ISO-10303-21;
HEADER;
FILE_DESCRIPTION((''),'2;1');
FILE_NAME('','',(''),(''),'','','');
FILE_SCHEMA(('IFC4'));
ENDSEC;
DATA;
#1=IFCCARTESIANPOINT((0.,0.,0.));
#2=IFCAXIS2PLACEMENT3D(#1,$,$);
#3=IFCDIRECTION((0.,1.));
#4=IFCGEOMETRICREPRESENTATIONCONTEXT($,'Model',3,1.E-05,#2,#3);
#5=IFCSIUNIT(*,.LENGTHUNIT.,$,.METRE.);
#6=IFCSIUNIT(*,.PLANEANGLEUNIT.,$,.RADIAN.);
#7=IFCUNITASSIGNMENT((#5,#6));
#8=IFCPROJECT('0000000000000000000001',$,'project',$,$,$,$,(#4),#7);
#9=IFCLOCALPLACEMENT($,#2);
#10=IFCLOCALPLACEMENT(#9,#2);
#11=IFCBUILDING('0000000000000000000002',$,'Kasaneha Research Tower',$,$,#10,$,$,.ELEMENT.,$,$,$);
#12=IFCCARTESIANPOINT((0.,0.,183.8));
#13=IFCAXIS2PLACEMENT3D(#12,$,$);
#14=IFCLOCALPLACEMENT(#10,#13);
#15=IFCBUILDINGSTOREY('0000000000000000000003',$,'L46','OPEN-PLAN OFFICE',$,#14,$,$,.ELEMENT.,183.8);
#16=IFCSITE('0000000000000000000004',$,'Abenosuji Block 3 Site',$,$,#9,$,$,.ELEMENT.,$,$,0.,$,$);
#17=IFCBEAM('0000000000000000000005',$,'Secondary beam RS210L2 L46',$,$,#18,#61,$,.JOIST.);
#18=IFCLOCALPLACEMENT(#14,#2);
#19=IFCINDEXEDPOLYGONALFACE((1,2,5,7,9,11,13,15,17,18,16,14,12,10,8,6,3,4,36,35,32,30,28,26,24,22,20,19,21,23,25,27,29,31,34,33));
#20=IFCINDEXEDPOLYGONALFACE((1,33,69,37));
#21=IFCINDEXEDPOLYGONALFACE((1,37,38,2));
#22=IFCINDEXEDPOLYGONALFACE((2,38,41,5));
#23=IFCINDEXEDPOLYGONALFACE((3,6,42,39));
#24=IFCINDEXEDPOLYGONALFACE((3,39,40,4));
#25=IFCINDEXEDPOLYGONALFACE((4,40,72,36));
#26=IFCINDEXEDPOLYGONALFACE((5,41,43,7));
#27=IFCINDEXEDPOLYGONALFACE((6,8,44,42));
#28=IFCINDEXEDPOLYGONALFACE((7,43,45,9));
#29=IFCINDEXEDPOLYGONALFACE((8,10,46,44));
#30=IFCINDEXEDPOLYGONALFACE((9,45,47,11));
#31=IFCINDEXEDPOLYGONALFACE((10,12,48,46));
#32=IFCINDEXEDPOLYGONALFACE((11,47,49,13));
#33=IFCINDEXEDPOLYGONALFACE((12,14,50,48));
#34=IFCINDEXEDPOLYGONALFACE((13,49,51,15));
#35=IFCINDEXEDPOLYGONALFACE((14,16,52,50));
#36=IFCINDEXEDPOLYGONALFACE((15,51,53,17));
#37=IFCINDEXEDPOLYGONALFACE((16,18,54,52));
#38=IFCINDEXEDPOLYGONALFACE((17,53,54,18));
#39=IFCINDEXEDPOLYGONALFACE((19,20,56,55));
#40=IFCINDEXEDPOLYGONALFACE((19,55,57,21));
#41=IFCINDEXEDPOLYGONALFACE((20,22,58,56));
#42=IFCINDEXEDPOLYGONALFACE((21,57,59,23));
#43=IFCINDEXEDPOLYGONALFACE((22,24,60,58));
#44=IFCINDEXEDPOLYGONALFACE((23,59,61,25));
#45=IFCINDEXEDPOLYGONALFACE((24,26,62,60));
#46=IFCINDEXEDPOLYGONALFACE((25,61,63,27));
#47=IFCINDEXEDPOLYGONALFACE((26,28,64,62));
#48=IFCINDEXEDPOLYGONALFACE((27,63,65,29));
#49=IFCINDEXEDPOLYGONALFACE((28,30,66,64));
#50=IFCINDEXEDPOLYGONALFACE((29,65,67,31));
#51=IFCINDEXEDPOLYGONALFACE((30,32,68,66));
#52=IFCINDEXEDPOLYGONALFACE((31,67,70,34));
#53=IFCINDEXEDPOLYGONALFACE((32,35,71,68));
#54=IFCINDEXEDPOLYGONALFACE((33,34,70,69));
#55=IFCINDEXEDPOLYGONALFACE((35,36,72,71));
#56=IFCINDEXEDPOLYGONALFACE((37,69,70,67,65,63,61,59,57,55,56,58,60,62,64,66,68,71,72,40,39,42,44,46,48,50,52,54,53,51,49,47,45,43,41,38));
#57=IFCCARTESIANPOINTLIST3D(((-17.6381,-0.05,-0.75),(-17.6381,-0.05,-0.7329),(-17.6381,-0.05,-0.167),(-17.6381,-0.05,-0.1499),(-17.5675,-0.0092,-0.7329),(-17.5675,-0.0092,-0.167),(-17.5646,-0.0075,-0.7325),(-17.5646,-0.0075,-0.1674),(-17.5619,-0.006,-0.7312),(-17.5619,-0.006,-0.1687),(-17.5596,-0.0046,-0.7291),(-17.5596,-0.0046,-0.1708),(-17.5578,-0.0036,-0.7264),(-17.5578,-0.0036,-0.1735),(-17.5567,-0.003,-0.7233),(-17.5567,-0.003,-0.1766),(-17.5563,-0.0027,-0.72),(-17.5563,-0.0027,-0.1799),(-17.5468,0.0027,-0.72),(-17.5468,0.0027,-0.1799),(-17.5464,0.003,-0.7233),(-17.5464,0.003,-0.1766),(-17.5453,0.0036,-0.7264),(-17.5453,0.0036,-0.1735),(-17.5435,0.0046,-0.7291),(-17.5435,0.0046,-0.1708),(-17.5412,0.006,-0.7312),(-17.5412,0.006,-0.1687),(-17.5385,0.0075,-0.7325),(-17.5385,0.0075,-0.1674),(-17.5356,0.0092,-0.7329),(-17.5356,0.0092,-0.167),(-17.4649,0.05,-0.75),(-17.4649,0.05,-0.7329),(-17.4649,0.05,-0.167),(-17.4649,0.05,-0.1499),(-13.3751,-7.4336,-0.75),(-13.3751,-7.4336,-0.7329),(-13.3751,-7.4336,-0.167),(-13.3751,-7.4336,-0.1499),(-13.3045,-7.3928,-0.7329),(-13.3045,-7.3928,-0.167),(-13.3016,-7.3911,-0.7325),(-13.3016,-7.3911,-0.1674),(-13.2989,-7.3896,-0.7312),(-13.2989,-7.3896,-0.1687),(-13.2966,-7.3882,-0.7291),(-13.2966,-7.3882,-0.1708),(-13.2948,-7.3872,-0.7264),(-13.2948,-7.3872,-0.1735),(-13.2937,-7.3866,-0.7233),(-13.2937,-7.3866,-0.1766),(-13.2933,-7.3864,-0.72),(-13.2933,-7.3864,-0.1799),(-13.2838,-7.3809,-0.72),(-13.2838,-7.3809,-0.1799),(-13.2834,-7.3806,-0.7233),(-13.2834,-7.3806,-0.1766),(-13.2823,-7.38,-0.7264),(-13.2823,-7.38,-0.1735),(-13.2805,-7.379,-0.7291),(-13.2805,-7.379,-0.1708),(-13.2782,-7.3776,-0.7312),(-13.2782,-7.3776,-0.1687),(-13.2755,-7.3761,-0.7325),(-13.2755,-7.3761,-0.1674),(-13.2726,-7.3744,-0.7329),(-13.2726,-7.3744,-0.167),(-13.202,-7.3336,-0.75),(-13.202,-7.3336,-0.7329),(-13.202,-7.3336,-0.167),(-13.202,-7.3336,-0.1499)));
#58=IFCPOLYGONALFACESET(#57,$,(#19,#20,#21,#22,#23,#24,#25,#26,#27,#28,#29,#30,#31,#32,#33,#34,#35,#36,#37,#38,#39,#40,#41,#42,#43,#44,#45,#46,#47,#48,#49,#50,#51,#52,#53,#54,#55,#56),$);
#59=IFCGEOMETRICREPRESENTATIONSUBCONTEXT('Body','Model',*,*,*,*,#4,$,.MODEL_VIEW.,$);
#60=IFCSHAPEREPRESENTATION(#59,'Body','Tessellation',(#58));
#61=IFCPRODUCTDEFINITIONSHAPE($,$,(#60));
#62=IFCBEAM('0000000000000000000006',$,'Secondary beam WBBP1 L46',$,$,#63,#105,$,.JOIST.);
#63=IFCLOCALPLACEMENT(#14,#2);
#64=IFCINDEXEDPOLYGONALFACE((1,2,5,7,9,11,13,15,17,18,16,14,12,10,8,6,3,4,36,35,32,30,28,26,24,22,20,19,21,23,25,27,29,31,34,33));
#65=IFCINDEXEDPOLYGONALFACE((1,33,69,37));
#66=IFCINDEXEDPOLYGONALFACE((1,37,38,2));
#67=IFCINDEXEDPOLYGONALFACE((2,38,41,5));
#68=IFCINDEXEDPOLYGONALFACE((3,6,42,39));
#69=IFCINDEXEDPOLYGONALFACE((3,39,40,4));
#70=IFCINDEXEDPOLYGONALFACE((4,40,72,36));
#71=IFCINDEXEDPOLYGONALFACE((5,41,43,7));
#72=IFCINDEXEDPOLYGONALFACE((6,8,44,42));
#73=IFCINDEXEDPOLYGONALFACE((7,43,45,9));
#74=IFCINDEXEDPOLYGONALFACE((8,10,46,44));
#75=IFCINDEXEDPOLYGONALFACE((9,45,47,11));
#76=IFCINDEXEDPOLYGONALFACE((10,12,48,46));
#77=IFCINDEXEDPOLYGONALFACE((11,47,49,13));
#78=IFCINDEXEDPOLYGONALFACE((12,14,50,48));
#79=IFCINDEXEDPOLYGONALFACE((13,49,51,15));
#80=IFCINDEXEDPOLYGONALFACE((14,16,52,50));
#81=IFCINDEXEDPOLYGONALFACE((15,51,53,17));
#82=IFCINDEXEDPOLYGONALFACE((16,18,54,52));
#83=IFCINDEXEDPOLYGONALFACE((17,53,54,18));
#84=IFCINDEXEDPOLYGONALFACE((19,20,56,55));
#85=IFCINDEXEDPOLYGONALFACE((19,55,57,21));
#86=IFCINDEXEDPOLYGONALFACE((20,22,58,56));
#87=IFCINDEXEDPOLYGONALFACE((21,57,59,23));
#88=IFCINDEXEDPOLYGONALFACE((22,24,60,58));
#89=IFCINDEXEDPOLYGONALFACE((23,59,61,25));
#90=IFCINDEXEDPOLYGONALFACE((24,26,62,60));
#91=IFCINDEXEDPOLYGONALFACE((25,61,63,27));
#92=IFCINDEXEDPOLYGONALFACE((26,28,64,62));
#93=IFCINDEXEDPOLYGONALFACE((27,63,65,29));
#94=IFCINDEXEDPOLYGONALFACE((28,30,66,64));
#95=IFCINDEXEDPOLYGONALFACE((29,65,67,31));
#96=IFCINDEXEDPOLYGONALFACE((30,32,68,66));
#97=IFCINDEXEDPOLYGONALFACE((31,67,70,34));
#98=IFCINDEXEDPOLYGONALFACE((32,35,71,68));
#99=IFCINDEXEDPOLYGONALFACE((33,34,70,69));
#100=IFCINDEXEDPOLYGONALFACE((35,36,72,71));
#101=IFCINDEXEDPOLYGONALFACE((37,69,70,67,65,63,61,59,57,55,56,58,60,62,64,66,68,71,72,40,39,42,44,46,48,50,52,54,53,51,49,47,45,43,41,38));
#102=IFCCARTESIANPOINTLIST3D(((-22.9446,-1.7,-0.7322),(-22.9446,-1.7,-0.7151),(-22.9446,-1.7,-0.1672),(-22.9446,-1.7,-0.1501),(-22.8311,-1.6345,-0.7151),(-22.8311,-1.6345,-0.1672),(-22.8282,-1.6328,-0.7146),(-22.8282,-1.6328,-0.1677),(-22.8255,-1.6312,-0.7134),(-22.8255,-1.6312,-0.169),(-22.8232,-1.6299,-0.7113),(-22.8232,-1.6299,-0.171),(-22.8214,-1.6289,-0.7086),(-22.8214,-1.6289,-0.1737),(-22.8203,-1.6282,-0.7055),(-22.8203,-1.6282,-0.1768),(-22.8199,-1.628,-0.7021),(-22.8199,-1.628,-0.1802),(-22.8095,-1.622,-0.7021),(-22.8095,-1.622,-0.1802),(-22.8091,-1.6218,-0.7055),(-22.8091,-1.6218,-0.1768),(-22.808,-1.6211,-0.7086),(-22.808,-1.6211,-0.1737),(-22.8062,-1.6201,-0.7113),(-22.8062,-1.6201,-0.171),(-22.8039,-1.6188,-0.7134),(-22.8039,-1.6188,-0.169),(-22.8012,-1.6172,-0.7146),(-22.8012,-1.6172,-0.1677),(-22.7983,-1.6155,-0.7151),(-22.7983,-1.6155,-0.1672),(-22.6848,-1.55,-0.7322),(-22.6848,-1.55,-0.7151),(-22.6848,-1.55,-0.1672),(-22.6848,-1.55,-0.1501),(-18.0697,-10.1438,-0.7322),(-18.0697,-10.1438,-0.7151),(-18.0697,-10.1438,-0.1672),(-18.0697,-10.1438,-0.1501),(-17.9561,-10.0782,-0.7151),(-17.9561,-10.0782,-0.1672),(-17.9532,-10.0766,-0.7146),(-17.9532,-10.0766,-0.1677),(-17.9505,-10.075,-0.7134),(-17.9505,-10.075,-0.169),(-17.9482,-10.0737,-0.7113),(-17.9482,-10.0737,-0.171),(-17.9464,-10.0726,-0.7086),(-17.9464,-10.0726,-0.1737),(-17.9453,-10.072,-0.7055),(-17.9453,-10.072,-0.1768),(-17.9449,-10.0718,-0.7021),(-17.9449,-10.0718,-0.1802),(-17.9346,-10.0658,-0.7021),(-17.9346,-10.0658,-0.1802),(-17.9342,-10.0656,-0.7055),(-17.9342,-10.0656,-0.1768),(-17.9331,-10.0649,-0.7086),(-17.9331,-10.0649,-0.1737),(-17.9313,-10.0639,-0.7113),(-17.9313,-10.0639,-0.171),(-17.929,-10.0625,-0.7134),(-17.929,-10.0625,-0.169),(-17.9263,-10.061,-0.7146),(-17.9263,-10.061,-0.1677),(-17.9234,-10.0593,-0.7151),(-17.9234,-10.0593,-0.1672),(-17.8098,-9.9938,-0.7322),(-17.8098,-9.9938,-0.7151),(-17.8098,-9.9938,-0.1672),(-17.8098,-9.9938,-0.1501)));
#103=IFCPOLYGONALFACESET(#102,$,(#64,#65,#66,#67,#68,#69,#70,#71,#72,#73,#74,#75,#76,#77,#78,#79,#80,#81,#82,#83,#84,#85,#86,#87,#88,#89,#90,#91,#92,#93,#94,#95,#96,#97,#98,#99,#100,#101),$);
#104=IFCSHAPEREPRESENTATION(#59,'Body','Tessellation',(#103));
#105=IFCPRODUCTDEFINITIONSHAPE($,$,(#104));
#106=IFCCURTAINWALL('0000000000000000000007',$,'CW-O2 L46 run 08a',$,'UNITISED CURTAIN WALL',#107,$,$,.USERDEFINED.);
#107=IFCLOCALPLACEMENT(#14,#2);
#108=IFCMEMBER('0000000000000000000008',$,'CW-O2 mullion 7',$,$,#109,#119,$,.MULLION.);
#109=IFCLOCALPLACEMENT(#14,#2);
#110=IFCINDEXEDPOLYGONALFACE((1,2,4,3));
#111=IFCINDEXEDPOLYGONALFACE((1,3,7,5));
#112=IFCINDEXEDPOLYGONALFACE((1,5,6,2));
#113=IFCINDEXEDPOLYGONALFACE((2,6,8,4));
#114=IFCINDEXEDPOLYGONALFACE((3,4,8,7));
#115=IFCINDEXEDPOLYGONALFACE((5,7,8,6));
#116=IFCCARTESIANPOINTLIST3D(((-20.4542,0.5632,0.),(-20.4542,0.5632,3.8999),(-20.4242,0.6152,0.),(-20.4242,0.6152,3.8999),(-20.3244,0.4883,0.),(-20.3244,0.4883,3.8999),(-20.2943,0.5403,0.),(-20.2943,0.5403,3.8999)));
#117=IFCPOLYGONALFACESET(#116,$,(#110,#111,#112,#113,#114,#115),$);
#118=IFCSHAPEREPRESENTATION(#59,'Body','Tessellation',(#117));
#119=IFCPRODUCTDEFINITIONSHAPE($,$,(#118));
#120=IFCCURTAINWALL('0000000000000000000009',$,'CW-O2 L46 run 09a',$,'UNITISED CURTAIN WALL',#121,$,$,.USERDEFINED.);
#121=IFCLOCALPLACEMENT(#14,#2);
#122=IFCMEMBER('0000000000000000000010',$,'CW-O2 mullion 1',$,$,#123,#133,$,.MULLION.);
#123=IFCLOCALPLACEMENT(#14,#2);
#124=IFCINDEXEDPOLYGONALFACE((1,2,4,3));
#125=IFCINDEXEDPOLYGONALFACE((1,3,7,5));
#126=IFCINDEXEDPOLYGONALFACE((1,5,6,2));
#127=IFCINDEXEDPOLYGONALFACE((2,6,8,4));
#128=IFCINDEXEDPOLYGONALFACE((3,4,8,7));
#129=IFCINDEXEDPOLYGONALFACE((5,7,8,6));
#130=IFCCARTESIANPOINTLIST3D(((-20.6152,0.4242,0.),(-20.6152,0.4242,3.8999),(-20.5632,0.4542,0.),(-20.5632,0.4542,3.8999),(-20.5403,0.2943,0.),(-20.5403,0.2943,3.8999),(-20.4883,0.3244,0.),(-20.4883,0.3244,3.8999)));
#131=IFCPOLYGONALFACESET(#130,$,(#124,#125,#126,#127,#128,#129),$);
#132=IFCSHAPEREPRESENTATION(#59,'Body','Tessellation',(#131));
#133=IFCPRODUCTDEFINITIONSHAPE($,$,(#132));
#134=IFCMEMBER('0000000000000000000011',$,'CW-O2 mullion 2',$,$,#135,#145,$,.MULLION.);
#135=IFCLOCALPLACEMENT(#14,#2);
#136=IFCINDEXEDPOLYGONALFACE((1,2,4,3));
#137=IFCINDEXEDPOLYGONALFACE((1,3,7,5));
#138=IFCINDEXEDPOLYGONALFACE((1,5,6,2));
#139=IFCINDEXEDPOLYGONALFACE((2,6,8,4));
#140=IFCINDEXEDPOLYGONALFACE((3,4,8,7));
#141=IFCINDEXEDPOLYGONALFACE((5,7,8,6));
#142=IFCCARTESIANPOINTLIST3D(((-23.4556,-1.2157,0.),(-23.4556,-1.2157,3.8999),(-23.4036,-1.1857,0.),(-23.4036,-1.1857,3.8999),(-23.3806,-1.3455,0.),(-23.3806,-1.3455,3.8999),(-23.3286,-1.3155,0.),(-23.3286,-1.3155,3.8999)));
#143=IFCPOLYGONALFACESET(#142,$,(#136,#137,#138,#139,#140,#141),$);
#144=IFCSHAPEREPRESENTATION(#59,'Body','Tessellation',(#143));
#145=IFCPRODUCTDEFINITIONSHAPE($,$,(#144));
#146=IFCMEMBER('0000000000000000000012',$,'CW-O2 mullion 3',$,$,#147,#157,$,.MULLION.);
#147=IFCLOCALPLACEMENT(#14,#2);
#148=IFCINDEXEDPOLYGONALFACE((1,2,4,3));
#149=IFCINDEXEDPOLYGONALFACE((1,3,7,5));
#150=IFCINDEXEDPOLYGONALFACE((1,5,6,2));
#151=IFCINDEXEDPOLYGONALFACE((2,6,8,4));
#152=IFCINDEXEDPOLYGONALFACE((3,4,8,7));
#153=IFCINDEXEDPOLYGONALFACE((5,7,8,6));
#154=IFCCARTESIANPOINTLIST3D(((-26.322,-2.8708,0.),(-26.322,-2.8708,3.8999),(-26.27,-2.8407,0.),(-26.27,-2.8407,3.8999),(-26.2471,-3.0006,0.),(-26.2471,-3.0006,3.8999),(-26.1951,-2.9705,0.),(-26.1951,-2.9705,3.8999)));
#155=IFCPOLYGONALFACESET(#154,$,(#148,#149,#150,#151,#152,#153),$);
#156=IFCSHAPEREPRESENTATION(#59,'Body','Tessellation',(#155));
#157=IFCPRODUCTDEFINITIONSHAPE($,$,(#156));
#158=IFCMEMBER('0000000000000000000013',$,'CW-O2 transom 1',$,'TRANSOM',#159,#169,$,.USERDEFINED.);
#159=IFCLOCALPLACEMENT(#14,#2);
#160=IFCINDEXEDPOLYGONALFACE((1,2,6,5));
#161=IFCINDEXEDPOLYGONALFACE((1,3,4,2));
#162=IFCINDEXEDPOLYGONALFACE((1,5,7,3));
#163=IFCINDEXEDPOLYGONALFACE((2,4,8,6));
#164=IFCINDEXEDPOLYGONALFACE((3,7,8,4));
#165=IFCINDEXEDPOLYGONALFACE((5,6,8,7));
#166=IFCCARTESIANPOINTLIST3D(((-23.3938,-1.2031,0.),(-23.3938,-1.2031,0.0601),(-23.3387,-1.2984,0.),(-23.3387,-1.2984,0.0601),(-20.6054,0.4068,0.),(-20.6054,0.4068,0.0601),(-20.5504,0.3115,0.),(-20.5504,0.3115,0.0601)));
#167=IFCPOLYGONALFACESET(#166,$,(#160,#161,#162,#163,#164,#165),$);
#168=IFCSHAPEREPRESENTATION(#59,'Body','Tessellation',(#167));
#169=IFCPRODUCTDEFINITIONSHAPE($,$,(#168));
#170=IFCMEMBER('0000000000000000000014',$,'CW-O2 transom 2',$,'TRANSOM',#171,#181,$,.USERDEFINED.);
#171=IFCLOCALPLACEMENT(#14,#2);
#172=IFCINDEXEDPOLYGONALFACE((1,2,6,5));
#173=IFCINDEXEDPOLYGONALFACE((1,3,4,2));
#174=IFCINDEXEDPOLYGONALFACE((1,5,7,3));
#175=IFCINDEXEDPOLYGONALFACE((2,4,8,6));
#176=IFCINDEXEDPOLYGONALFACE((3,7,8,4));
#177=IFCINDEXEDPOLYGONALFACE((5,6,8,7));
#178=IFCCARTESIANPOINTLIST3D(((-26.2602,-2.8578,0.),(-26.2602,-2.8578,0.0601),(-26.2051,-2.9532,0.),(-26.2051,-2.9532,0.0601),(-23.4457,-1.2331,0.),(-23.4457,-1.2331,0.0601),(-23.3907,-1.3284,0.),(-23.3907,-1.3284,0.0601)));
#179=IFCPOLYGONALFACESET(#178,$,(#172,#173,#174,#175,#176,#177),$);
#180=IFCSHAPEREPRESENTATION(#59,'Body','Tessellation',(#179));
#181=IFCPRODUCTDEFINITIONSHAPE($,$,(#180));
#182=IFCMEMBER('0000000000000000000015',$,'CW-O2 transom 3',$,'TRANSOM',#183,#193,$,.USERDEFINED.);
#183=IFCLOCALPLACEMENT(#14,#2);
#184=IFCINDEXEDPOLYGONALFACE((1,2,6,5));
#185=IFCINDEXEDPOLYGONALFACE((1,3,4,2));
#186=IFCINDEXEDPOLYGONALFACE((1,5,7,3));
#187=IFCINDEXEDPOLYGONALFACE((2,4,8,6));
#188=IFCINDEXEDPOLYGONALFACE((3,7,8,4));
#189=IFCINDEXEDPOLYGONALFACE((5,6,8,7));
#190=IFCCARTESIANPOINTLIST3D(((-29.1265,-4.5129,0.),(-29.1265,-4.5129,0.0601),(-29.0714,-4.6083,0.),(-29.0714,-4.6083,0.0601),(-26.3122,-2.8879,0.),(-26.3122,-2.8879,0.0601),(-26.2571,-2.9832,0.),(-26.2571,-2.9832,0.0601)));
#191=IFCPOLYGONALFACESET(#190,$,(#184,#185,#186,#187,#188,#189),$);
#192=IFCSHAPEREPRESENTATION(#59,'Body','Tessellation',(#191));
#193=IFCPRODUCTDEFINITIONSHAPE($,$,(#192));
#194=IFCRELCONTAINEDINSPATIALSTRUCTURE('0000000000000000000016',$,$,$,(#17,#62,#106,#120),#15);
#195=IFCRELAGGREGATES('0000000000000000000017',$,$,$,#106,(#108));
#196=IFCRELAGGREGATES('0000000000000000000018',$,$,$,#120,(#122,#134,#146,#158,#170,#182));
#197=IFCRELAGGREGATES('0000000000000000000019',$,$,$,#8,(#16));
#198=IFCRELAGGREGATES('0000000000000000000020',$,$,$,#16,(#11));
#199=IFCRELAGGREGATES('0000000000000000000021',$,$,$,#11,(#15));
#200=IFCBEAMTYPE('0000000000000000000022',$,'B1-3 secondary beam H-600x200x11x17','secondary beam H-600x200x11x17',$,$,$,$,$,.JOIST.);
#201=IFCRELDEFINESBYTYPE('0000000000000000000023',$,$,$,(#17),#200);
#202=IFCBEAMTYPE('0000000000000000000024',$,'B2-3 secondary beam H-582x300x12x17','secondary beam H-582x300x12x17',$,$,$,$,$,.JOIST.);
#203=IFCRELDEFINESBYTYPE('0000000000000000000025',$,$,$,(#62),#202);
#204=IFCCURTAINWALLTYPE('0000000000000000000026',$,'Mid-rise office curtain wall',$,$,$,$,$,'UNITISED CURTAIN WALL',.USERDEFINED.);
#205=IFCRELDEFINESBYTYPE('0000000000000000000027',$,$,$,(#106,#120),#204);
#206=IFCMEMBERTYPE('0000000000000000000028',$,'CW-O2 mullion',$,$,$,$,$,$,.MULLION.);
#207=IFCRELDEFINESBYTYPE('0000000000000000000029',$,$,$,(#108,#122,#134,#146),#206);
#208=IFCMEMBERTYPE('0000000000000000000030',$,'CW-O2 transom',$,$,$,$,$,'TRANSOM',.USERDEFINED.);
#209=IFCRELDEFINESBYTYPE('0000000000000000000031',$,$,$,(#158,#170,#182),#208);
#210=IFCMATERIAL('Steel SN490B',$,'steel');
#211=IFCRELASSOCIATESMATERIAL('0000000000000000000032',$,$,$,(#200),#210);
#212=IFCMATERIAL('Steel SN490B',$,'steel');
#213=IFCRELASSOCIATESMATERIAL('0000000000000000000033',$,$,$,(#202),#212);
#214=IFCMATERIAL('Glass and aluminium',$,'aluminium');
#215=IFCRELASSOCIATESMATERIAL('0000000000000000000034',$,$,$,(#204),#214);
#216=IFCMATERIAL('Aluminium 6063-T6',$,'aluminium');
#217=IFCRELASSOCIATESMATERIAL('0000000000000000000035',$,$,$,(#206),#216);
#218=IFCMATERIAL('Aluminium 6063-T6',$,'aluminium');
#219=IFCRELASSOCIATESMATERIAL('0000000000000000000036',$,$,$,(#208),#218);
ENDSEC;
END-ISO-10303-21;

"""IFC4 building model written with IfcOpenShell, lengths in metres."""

from ifc_helpers import new_model, si_unit, direction, frame, origin, origin_2d, place, context, subcontext, project, spatial, rectangle, i_section, extrude, material, material_profile, profile_set, type_object, element, aggregate, save


model = new_model("IFC4")

# Units and contexts
model_context = context("Model", 3, precision=1e-05, world=origin(), true_north=direction((0.0, 1.0)))
body_context = subcontext(model_context, "Body", "Model", "MODEL_VIEW")
ifc_project = project(units=[si_unit("LENGTHUNIT", "METRE"), si_unit("PLANEANGLEUNIT", "RADIAN")], contexts=[model_context])

# Site, building, storey
site_placement = place(None, origin())
site = spatial("IfcSite", under=ifc_project, at=site_placement, Name="Abenosuji Block 3 Site", CompositionType="ELEMENT", RefElevation=0.0)
building_placement = place(site_placement, origin())
building = spatial("IfcBuilding", under=site, at=building_placement, Name="Kasaneha Research Tower", CompositionType="ELEMENT")
storey_placement = place(building_placement, frame((0.0, 0.0, 183.8)))
storey = spatial("IfcBuildingStorey", under=building, at=storey_placement, Name="L46", Description="OPEN-PLAN OFFICE", CompositionType="ELEMENT", Elevation=183.8)

# Beams
ifc_material_1 = material(Name="Steel SN490B", Category="steel")
ifc_material_profile_1 = material_profile(ifc_material_1, i_section(OverallWidth=0.2, OverallDepth=0.6001, WebThickness=0.011, FlangeThickness=0.0171, FilletRadius=0.0129, at=origin_2d()), Name="H-600x200x11x17")
ifc_profile_set_1 = profile_set([ifc_material_profile_1], Name="Steel SN490B")
beam_type_1 = type_object("IfcBeamType", Name="B1-3 secondary beam H-600x200x11x17", Description="secondary beam H-600x200x11x17", PredefinedType="JOIST", material=ifc_profile_set_1)
beam_1_placement = place(storey_placement, frame((-17.5515, 0.0, -0.45), z_axis=(0.500004, -0.866023, 0.0), x_axis=(0.866023, 0.500004, 0.0)))
element("IfcBeam", 1, at=beam_1_placement, inside=storey, type_object=beam_type_1, Name="Secondary beam RS210L2 L46", PredefinedType="JOIST", context=body_context, shape_type="SweptSolid", body=[
    extrude(i_section(OverallWidth=0.2, OverallDepth=0.6001, WebThickness=0.011, FlangeThickness=0.0171, FilletRadius=0.0129, at=origin_2d()), origin(), (0.0, 0.0, 1.0), 8.5259),
])
ifc_material_2 = material(Name="Steel SN490B", Category="steel")
ifc_material_profile_2 = material_profile(ifc_material_2, i_section(OverallWidth=0.3, OverallDepth=0.582, WebThickness=0.012, FlangeThickness=0.0171, FilletRadius=0.0129, at=origin_2d()), Name="H-582x300x12x17")
ifc_profile_set_2 = profile_set([ifc_material_profile_2], Name="Steel SN490B")
beam_type_2 = type_object("IfcBeamType", Name="B2-3 secondary beam H-582x300x12x17", Description="secondary beam H-582x300x12x17", PredefinedType="JOIST", material=ifc_profile_set_2)
beam_2_placement = place(storey_placement, frame((-22.8147, -1.625, -0.4412), z_axis=(0.499996, -0.866028, 0.0), x_axis=(0.866028, 0.499996, 0.0)))
element("IfcBeam", 2, at=beam_2_placement, inside=storey, type_object=beam_type_2, Name="Secondary beam WBBP1 L46", PredefinedType="JOIST", context=body_context, shape_type="SweptSolid", body=[
    extrude(i_section(OverallWidth=0.3, OverallDepth=0.582, WebThickness=0.012, FlangeThickness=0.0171, FilletRadius=0.0129, at=origin_2d()), origin(), (0.0, 0.0, 1.0), 9.75),
])

# Curtain wall, member
ifc_material_3 = material(Name="Glass and aluminium", Category="aluminium")
curtain_wall_type = type_object("IfcCurtainWallType", Name="Mid-rise office curtain wall", ElementType="UNITISED CURTAIN WALL", PredefinedType="USERDEFINED", material=ifc_material_3)
curtain_wall_1_placement = place(storey_placement, origin())
curtain_wall_1 = element("IfcCurtainWall", 3, at=curtain_wall_1_placement, inside=storey, type_object=curtain_wall_type, Name="CW-O2 L46 run 08a", ObjectType="UNITISED CURTAIN WALL", PredefinedType="USERDEFINED")
ifc_material_4 = material(Name="Aluminium 6063-T6", Category="aluminium")
ifc_material_profile_3 = material_profile(ifc_material_4, rectangle(XDim=0.0601, YDim=0.1499, at=origin_2d()), Name="CW-O2 mullion 60x150")
ifc_profile_set_3 = profile_set([ifc_material_profile_3], Name="Aluminium 6063-T6")
member_type_1 = type_object("IfcMemberType", Name="CW-O2 mullion", PredefinedType="MULLION", material=ifc_profile_set_3)
member_1_placement = place(storey_placement, frame((-20.3743, 0.5518, 0.0), z_axis=(0.0, 0.0, 1.0), x_axis=(-0.5, -0.866025, 0.0)))
member_1 = element("IfcMember", 4, at=member_1_placement, type_object=member_type_1, Name="CW-O2 mullion 7", PredefinedType="MULLION", context=body_context, shape_type="SweptSolid", body=[
    extrude(rectangle(XDim=0.0601, YDim=0.1499, at=origin_2d()), origin(), (0.0, 0.0, 1.0), 3.8999),
])
aggregate(curtain_wall_1, [member_1])

# Curtain wall, members
curtain_wall_2_placement = place(storey_placement, origin())
curtain_wall_2 = element("IfcCurtainWall", 5, at=curtain_wall_2_placement, inside=storey, type_object=curtain_wall_type, Name="CW-O2 L46 run 09a", ObjectType="UNITISED CURTAIN WALL", PredefinedType="USERDEFINED")
member_2_placement = place(storey_placement, frame((-20.5518, 0.3743, 0.0), z_axis=(0.0, 0.0, 1.0), x_axis=(-0.866025, -0.5, 0.0)))
member_2 = element("IfcMember", 6, at=member_2_placement, type_object=member_type_1, Name="CW-O2 mullion 1", PredefinedType="MULLION", context=body_context, shape_type="SweptSolid", body=[
    extrude(rectangle(XDim=0.0601, YDim=0.1499, at=origin_2d()), origin(), (0.0, 0.0, 1.0), 3.8999),
])
member_3_placement = place(storey_placement, frame((-23.3921, -1.2656, 0.0), z_axis=(0.0, 0.0, 1.0), x_axis=(-0.866025, -0.5, 0.0)))
member_3 = element("IfcMember", 7, at=member_3_placement, type_object=member_type_1, Name="CW-O2 mullion 2", PredefinedType="MULLION", context=body_context, shape_type="SweptSolid", body=[
    extrude(rectangle(XDim=0.0601, YDim=0.1499, at=origin_2d()), origin(), (0.0, 0.0, 1.0), 3.8999),
])
member_4_placement = place(storey_placement, frame((-26.2585, -2.9207, 0.0), z_axis=(0.0, 0.0, 1.0), x_axis=(-0.866025, -0.5, 0.0)))
member_4 = element("IfcMember", 8, at=member_4_placement, type_object=member_type_1, Name="CW-O2 mullion 3", PredefinedType="MULLION", context=body_context, shape_type="SweptSolid", body=[
    extrude(rectangle(XDim=0.0601, YDim=0.1499, at=origin_2d()), origin(), (0.0, 0.0, 1.0), 3.8999),
])
ifc_material_5 = material(Name="Aluminium 6063-T6", Category="aluminium")
ifc_material_profile_4 = material_profile(ifc_material_5, rectangle(XDim=0.1101, YDim=0.0601, at=origin_2d()), Name="CW-O2 transom 110x60")
ifc_profile_set_4 = profile_set([ifc_material_profile_4], Name="Aluminium 6063-T6")
member_type_2 = type_object("IfcMemberType", Name="CW-O2 transom", ElementType="TRANSOM", PredefinedType="USERDEFINED", material=ifc_profile_set_4)
member_5_placement = place(storey_placement, frame((-20.5779, 0.3591, 0.03), z_axis=(-0.866023, -0.500005, 0.0), x_axis=(0.500005, -0.866023, 0.0)))
member_5 = element("IfcMember", 9, at=member_5_placement, type_object=member_type_2, Name="CW-O2 transom 1", ObjectType="TRANSOM", PredefinedType="USERDEFINED", context=body_context, shape_type="SweptSolid", body=[
    extrude(rectangle(XDim=0.1101, YDim=0.0601, at=origin_2d()), origin(), (0.0, 0.0, 1.0), 3.2197),
])
member_6_placement = place(storey_placement, frame((-23.4182, -1.2808, 0.03), z_axis=(-0.866048, -0.499961, 0.0), x_axis=(0.499961, -0.866048, 0.0)))
member_6 = element("IfcMember", 10, at=member_6_placement, type_object=member_type_2, Name="CW-O2 transom 2", ObjectType="TRANSOM", PredefinedType="USERDEFINED", context=body_context, shape_type="SweptSolid", body=[
    extrude(rectangle(XDim=0.1101, YDim=0.0601, at=origin_2d()), origin(), (0.0, 0.0, 1.0), 3.2498),
])
member_7_placement = place(storey_placement, frame((-26.2847, -2.9355, 0.03), z_axis=(-0.865997, -0.50005, 0.0), x_axis=(0.50005, -0.865997, 0.0)))
member_7 = element("IfcMember", 11, at=member_7_placement, type_object=member_type_2, Name="CW-O2 transom 3", ObjectType="TRANSOM", PredefinedType="USERDEFINED", context=body_context, shape_type="SweptSolid", body=[
    extrude(rectangle(XDim=0.1101, YDim=0.0601, at=origin_2d()), origin(), (0.0, 0.0, 1.0), 3.2498),
])

aggregate(curtain_wall_2, [member_2, member_3, member_4, member_5, member_6, member_7])

save(model, "model.ifc")
